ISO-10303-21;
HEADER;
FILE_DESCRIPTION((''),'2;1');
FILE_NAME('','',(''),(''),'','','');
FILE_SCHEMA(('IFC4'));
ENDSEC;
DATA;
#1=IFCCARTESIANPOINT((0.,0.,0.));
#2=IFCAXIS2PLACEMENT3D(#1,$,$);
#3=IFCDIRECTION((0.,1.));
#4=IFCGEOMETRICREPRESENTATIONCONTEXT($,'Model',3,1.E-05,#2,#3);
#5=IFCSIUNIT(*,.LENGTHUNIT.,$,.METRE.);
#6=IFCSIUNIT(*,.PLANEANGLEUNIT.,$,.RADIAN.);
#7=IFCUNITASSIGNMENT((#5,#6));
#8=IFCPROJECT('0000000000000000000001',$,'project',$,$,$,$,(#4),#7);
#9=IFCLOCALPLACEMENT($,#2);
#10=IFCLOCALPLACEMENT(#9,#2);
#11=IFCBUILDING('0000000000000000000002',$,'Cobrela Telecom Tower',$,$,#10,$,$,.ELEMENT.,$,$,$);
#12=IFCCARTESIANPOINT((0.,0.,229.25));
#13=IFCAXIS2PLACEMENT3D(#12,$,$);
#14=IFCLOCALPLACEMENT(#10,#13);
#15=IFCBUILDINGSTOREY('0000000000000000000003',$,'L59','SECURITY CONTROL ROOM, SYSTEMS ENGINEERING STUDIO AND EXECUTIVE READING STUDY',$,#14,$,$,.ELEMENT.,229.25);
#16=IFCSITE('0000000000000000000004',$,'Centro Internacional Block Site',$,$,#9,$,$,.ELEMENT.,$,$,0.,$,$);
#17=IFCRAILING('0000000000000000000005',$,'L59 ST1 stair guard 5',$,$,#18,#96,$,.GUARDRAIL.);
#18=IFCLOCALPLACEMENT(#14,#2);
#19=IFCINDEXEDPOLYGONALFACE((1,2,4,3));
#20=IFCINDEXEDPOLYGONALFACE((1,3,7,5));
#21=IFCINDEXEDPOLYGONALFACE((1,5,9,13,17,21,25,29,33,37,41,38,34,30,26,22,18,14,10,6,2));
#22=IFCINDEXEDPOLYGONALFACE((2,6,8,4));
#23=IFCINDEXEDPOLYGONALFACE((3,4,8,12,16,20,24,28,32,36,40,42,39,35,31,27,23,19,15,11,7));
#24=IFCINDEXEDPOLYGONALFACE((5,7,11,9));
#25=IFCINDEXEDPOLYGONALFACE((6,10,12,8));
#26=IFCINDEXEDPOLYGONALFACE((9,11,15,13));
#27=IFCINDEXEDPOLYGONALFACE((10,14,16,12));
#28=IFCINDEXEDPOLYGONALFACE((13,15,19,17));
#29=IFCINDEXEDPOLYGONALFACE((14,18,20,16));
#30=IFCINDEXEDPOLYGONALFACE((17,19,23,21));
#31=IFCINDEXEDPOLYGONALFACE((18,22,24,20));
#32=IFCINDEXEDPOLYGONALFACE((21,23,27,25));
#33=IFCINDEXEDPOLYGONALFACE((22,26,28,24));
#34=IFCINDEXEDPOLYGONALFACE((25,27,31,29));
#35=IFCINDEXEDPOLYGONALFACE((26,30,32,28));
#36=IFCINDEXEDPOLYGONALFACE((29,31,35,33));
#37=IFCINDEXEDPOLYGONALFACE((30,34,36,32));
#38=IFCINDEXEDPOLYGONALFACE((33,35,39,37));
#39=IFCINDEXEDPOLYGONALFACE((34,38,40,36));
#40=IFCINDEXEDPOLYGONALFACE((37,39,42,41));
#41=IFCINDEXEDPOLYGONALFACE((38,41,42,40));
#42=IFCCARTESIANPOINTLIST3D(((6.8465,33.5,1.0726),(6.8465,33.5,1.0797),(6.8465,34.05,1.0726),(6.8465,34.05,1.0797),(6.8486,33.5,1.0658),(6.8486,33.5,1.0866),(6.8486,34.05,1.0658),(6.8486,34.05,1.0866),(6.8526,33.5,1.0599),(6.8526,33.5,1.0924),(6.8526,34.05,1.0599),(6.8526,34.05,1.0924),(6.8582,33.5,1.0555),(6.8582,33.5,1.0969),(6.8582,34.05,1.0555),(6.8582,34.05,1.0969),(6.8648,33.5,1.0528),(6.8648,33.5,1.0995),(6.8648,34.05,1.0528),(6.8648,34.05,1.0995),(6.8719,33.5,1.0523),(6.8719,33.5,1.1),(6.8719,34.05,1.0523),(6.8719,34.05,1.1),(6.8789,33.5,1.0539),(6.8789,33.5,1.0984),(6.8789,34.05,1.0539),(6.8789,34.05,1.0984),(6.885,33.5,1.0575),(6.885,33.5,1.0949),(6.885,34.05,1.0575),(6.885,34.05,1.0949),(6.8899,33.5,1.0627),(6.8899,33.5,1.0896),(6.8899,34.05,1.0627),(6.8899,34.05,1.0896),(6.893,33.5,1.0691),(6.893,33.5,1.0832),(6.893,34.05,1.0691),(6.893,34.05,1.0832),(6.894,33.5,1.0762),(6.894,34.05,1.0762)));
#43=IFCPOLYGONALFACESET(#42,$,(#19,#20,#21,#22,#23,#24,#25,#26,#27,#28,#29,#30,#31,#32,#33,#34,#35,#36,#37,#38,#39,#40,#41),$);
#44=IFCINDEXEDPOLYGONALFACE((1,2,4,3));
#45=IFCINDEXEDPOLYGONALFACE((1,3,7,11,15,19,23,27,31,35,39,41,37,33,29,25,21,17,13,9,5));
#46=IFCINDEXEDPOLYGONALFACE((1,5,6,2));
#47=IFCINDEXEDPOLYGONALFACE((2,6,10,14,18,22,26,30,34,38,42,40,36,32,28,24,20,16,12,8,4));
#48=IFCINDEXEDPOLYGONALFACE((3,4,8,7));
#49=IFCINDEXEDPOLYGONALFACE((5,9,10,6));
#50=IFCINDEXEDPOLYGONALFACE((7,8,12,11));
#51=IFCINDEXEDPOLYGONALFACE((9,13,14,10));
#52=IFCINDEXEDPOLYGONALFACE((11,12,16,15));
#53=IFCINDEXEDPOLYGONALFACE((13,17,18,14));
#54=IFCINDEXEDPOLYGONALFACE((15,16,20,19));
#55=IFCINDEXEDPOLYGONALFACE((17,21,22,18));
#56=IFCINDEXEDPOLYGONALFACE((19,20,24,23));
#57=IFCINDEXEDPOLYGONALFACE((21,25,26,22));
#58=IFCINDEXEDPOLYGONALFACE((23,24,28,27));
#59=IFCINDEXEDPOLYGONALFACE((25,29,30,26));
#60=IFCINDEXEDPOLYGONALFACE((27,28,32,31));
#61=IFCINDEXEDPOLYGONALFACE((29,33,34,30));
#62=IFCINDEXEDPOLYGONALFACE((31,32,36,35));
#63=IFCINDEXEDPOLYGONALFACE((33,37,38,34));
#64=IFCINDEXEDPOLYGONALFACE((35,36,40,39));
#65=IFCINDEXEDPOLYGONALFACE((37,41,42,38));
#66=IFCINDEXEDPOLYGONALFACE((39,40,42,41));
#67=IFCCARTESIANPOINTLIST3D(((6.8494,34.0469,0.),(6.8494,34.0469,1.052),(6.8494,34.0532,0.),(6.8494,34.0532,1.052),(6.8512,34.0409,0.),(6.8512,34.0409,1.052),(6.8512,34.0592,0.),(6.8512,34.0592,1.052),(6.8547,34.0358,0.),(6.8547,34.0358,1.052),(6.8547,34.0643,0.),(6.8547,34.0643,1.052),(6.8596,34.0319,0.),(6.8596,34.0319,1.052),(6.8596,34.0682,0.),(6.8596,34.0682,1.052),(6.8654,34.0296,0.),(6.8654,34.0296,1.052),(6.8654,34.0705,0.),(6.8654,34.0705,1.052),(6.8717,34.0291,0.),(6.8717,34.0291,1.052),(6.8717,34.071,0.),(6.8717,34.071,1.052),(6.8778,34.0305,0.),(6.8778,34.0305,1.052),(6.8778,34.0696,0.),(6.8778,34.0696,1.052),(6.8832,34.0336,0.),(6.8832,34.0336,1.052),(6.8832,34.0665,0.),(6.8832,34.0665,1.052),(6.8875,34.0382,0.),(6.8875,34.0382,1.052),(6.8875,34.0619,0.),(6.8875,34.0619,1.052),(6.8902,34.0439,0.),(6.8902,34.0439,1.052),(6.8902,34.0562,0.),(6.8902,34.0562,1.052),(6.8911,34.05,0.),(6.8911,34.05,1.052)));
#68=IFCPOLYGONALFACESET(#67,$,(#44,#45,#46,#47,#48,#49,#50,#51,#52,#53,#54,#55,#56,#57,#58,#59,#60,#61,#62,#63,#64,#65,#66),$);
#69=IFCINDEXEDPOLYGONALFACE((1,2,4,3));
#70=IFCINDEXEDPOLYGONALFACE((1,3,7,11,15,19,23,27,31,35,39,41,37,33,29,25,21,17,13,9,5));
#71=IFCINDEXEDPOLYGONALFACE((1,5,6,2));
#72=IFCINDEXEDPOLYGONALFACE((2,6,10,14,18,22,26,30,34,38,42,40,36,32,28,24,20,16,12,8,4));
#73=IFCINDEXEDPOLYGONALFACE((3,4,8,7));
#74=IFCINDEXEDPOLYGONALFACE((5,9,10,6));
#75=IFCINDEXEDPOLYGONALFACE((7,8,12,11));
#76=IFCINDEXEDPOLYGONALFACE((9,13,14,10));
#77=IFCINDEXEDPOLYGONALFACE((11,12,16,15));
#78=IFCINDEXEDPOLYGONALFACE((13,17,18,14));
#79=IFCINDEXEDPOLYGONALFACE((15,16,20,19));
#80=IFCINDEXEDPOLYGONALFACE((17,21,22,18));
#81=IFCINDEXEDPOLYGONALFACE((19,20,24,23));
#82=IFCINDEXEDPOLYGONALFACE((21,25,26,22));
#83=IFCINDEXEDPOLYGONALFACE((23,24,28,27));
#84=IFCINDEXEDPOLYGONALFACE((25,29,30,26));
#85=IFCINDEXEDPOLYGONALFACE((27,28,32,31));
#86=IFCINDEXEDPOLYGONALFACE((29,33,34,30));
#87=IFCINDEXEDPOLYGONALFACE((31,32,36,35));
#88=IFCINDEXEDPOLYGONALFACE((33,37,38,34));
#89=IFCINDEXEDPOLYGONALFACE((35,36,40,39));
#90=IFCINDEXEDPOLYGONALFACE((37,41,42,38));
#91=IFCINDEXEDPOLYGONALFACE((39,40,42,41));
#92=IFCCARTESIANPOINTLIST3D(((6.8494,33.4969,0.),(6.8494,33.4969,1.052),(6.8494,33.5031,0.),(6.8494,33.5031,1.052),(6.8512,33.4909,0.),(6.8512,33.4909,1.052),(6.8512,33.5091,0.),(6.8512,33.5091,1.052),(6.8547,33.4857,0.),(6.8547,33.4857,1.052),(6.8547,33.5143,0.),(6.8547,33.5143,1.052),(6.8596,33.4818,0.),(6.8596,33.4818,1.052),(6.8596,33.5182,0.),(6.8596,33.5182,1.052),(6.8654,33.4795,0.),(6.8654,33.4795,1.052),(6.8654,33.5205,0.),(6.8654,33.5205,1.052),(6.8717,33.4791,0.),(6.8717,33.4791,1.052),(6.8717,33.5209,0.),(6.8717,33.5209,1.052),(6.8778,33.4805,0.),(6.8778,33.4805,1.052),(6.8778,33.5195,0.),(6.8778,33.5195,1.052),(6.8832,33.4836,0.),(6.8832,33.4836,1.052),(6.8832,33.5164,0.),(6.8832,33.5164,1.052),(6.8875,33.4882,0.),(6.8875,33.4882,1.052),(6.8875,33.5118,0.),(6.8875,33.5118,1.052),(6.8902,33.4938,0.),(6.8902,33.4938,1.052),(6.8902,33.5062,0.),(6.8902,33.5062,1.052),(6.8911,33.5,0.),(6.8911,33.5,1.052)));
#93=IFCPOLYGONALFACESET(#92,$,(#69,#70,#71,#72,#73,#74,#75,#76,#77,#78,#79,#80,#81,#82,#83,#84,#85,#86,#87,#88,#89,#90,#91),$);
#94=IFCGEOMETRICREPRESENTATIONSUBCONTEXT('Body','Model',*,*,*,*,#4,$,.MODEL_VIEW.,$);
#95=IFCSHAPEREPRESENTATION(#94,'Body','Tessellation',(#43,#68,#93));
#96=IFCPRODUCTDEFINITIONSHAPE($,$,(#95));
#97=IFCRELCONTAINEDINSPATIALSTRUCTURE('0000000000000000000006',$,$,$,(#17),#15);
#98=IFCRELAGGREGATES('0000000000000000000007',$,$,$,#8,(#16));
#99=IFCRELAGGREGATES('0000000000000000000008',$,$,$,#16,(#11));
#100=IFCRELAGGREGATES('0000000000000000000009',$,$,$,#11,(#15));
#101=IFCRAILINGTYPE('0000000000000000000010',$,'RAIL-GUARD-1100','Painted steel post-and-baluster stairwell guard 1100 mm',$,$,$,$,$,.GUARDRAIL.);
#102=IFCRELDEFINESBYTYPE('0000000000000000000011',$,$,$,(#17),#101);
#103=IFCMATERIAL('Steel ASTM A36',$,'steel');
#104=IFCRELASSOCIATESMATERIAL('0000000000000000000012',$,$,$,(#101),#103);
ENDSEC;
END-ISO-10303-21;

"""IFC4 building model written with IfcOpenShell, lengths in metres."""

from ifc_helpers import new_model, si_unit, direction, frame, origin, origin_2d, place, context, subcontext, project, spatial, circle, extrude, material, type_object, element, save


model = new_model("IFC4")

# Units and contexts
model_context = context("Model", 3, precision=1e-05, world=origin(), true_north=direction((0.0, 1.0)))
body_context = subcontext(model_context, "Body", "Model", "MODEL_VIEW")
ifc_project = project(units=[si_unit("LENGTHUNIT", "METRE"), si_unit("PLANEANGLEUNIT", "RADIAN")], contexts=[model_context])

# Site, building, storey
site_placement = place(None, origin())
site = spatial("IfcSite", under=ifc_project, at=site_placement, Name="Centro Internacional Block Site", CompositionType="ELEMENT", RefElevation=0.0)
building_placement = place(site_placement, origin())
building = spatial("IfcBuilding", under=site, at=building_placement, Name="Cobrela Telecom Tower", CompositionType="ELEMENT")
storey_placement = place(building_placement, frame((0.0, 0.0, 229.25)))
storey = spatial("IfcBuildingStorey", under=building, at=storey_placement, Name="L59", Description="SECURITY CONTROL ROOM, SYSTEMS ENGINEERING STUDIO AND EXECUTIVE READING STUDY", CompositionType="ELEMENT", Elevation=229.25)

# Shared definitions
ifc_material_1 = material(Name="Steel ASTM A36", Category="steel")

# Railing
railing_type_1 = type_object("IfcRailingType", Name="RAIL-GUARD-1100", Description="Painted steel post-and-baluster stairwell guard 1100 mm", PredefinedType="GUARDRAIL", material=ifc_material_1)
railing_1_placement = place(storey_placement, frame((6.8701, 34.05, 0.0)))
element("IfcRailing", 1, at=railing_1_placement, inside=storey, type_object=railing_type_1, Name="L59 ST1 stair guard 5", PredefinedType="GUARDRAIL", context=body_context, shape_type="SweptSolid", body=[
    extrude(circle(Radius=0.0239, at=origin_2d()), frame((0.0, 0.0, 1.0762), z_axis=(0.0, -1.0, 0.0), x_axis=(1.0, 0.0, 0.0)), (0.0, 0.0, 1.0), 0.55),
    extrude(circle(Radius=0.021, at=origin_2d()), origin(), (0.0, 0.0, 1.0), 1.052),
    extrude(circle(Radius=0.021, at=origin_2d()), frame((0.0, -0.55, 0.0)), (0.0, 0.0, 1.0), 1.052),
])

save(model, "model.ifc")
